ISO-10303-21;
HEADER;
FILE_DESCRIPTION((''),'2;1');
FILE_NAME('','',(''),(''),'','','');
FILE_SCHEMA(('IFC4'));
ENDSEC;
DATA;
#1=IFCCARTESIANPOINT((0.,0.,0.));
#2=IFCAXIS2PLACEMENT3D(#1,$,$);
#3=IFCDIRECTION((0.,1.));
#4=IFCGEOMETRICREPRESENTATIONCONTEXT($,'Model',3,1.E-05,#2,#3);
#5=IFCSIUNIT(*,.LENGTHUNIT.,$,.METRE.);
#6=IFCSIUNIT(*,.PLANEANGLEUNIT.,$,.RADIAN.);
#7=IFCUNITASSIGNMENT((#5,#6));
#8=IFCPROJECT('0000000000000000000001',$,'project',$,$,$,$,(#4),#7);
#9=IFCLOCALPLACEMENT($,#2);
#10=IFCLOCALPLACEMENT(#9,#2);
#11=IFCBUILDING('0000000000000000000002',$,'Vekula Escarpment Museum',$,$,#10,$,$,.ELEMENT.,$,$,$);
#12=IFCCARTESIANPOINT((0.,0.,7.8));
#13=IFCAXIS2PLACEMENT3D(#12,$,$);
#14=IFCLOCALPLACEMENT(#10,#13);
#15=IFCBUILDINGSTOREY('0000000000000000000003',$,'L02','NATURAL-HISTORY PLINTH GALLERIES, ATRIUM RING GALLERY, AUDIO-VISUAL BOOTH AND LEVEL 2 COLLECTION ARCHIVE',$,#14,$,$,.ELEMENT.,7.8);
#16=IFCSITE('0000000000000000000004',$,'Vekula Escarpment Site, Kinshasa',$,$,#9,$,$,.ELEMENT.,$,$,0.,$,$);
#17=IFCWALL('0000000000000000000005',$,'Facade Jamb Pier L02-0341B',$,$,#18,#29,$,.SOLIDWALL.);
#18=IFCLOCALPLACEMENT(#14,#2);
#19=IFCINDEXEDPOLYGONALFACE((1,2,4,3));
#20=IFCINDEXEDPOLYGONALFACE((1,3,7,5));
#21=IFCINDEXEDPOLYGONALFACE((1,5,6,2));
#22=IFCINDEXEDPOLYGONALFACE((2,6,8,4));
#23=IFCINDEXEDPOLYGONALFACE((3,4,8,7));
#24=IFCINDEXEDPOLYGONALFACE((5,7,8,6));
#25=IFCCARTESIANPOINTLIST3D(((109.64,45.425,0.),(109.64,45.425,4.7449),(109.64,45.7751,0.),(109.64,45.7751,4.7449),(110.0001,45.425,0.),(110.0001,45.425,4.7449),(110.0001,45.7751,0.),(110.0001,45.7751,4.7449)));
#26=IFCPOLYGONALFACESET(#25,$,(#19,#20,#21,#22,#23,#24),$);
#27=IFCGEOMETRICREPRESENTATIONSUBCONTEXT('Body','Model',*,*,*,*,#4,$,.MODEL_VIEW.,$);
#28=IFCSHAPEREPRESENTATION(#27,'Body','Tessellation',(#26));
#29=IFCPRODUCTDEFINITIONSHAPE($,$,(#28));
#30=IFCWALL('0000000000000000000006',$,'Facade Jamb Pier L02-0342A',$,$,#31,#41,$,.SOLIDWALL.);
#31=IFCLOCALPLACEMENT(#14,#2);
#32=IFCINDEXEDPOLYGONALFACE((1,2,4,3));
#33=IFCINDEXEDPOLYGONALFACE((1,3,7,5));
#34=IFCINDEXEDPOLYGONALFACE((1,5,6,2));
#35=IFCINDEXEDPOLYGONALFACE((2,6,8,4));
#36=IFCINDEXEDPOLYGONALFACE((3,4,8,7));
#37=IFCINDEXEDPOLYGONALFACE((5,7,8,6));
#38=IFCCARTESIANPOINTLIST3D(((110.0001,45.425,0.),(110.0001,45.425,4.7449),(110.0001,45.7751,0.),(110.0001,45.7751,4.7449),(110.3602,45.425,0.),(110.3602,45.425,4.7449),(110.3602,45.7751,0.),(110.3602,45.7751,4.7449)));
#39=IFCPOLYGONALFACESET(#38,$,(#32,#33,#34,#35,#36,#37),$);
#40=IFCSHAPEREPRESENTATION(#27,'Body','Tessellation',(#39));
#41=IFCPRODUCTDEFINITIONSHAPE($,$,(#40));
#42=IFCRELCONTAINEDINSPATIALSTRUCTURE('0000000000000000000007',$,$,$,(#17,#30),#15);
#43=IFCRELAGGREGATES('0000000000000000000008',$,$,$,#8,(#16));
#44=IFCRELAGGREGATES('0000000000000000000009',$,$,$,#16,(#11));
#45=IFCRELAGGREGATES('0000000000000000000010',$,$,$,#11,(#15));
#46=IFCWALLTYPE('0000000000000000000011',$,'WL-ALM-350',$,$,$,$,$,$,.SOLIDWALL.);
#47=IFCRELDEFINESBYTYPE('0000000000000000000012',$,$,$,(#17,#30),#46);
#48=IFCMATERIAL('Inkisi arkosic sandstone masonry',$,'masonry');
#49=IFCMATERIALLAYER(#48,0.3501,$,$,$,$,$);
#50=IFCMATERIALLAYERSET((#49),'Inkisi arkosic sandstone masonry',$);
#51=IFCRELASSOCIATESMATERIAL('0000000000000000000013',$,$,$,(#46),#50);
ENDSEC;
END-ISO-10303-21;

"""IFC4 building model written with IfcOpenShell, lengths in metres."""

from ifc_helpers import new_model, si_unit, direction, frame, frame_2d, origin, place, context, subcontext, project, spatial, rectangle, extrude, material, layer, layer_set, type_object, element, save


model = new_model("IFC4")

# Units and contexts
model_context = context("Model", 3, precision=1e-05, world=origin(), true_north=direction((0.0, 1.0)))
body_context = subcontext(model_context, "Body", "Model", "MODEL_VIEW")
ifc_project = project(units=[si_unit("LENGTHUNIT", "METRE"), si_unit("PLANEANGLEUNIT", "RADIAN")], contexts=[model_context])

# Site, building, storey
site_placement = place(None, origin())
site = spatial("IfcSite", under=ifc_project, at=site_placement, Name="Vekula Escarpment Site, Kinshasa", CompositionType="ELEMENT", RefElevation=0.0)
building_placement = place(site_placement, origin())
building = spatial("IfcBuilding", under=site, at=building_placement, Name="Vekula Escarpment Museum", CompositionType="ELEMENT")
storey_placement = place(building_placement, frame((0.0, 0.0, 7.8)))
storey = spatial("IfcBuildingStorey", under=building, at=storey_placement, Name="L02", Description="NATURAL-HISTORY PLINTH GALLERIES, ATRIUM RING GALLERY, AUDIO-VISUAL BOOTH AND LEVEL 2 COLLECTION ARCHIVE", CompositionType="ELEMENT", Elevation=7.8)

# Walls
ifc_material_1 = material(Name="Inkisi arkosic sandstone masonry", Category="masonry")
ifc_layer_1 = layer(ifc_material_1, 0.3501)
ifc_layer_set_1 = layer_set([ifc_layer_1], Name="Inkisi arkosic sandstone masonry")
wall_type = type_object("IfcWallType", Name="WL-ALM-350", PredefinedType="SOLIDWALL", material=ifc_layer_set_1)
for number, where, z_axis, x_axis, name in (
    (1, (109.6399, 45.6001, 0.0), (0.0, 0.0, 1.0), (1.0, 0.0, 0.0), "Facade Jamb Pier L02-0341B"),
    (2, (110.0, 45.6001, 0.0), (0.0, 0.0, 1.0), (1.0, 0.0, 0.0), "Facade Jamb Pier L02-0342A"),
):
    element("IfcWall", number, at=place(storey_placement, frame(where, z_axis=z_axis, x_axis=x_axis)), inside=storey, type_object=wall_type, Name=name, PredefinedType="SOLIDWALL", context=body_context, shape_type="SweptSolid", body=[
        extrude(rectangle(XDim=0.3601, YDim=0.3501, at=frame_2d((0.1802, 0.0))), origin(), (0.0, 0.0, 1.0), 4.7449),
    ])

save(model, "model.ifc")
